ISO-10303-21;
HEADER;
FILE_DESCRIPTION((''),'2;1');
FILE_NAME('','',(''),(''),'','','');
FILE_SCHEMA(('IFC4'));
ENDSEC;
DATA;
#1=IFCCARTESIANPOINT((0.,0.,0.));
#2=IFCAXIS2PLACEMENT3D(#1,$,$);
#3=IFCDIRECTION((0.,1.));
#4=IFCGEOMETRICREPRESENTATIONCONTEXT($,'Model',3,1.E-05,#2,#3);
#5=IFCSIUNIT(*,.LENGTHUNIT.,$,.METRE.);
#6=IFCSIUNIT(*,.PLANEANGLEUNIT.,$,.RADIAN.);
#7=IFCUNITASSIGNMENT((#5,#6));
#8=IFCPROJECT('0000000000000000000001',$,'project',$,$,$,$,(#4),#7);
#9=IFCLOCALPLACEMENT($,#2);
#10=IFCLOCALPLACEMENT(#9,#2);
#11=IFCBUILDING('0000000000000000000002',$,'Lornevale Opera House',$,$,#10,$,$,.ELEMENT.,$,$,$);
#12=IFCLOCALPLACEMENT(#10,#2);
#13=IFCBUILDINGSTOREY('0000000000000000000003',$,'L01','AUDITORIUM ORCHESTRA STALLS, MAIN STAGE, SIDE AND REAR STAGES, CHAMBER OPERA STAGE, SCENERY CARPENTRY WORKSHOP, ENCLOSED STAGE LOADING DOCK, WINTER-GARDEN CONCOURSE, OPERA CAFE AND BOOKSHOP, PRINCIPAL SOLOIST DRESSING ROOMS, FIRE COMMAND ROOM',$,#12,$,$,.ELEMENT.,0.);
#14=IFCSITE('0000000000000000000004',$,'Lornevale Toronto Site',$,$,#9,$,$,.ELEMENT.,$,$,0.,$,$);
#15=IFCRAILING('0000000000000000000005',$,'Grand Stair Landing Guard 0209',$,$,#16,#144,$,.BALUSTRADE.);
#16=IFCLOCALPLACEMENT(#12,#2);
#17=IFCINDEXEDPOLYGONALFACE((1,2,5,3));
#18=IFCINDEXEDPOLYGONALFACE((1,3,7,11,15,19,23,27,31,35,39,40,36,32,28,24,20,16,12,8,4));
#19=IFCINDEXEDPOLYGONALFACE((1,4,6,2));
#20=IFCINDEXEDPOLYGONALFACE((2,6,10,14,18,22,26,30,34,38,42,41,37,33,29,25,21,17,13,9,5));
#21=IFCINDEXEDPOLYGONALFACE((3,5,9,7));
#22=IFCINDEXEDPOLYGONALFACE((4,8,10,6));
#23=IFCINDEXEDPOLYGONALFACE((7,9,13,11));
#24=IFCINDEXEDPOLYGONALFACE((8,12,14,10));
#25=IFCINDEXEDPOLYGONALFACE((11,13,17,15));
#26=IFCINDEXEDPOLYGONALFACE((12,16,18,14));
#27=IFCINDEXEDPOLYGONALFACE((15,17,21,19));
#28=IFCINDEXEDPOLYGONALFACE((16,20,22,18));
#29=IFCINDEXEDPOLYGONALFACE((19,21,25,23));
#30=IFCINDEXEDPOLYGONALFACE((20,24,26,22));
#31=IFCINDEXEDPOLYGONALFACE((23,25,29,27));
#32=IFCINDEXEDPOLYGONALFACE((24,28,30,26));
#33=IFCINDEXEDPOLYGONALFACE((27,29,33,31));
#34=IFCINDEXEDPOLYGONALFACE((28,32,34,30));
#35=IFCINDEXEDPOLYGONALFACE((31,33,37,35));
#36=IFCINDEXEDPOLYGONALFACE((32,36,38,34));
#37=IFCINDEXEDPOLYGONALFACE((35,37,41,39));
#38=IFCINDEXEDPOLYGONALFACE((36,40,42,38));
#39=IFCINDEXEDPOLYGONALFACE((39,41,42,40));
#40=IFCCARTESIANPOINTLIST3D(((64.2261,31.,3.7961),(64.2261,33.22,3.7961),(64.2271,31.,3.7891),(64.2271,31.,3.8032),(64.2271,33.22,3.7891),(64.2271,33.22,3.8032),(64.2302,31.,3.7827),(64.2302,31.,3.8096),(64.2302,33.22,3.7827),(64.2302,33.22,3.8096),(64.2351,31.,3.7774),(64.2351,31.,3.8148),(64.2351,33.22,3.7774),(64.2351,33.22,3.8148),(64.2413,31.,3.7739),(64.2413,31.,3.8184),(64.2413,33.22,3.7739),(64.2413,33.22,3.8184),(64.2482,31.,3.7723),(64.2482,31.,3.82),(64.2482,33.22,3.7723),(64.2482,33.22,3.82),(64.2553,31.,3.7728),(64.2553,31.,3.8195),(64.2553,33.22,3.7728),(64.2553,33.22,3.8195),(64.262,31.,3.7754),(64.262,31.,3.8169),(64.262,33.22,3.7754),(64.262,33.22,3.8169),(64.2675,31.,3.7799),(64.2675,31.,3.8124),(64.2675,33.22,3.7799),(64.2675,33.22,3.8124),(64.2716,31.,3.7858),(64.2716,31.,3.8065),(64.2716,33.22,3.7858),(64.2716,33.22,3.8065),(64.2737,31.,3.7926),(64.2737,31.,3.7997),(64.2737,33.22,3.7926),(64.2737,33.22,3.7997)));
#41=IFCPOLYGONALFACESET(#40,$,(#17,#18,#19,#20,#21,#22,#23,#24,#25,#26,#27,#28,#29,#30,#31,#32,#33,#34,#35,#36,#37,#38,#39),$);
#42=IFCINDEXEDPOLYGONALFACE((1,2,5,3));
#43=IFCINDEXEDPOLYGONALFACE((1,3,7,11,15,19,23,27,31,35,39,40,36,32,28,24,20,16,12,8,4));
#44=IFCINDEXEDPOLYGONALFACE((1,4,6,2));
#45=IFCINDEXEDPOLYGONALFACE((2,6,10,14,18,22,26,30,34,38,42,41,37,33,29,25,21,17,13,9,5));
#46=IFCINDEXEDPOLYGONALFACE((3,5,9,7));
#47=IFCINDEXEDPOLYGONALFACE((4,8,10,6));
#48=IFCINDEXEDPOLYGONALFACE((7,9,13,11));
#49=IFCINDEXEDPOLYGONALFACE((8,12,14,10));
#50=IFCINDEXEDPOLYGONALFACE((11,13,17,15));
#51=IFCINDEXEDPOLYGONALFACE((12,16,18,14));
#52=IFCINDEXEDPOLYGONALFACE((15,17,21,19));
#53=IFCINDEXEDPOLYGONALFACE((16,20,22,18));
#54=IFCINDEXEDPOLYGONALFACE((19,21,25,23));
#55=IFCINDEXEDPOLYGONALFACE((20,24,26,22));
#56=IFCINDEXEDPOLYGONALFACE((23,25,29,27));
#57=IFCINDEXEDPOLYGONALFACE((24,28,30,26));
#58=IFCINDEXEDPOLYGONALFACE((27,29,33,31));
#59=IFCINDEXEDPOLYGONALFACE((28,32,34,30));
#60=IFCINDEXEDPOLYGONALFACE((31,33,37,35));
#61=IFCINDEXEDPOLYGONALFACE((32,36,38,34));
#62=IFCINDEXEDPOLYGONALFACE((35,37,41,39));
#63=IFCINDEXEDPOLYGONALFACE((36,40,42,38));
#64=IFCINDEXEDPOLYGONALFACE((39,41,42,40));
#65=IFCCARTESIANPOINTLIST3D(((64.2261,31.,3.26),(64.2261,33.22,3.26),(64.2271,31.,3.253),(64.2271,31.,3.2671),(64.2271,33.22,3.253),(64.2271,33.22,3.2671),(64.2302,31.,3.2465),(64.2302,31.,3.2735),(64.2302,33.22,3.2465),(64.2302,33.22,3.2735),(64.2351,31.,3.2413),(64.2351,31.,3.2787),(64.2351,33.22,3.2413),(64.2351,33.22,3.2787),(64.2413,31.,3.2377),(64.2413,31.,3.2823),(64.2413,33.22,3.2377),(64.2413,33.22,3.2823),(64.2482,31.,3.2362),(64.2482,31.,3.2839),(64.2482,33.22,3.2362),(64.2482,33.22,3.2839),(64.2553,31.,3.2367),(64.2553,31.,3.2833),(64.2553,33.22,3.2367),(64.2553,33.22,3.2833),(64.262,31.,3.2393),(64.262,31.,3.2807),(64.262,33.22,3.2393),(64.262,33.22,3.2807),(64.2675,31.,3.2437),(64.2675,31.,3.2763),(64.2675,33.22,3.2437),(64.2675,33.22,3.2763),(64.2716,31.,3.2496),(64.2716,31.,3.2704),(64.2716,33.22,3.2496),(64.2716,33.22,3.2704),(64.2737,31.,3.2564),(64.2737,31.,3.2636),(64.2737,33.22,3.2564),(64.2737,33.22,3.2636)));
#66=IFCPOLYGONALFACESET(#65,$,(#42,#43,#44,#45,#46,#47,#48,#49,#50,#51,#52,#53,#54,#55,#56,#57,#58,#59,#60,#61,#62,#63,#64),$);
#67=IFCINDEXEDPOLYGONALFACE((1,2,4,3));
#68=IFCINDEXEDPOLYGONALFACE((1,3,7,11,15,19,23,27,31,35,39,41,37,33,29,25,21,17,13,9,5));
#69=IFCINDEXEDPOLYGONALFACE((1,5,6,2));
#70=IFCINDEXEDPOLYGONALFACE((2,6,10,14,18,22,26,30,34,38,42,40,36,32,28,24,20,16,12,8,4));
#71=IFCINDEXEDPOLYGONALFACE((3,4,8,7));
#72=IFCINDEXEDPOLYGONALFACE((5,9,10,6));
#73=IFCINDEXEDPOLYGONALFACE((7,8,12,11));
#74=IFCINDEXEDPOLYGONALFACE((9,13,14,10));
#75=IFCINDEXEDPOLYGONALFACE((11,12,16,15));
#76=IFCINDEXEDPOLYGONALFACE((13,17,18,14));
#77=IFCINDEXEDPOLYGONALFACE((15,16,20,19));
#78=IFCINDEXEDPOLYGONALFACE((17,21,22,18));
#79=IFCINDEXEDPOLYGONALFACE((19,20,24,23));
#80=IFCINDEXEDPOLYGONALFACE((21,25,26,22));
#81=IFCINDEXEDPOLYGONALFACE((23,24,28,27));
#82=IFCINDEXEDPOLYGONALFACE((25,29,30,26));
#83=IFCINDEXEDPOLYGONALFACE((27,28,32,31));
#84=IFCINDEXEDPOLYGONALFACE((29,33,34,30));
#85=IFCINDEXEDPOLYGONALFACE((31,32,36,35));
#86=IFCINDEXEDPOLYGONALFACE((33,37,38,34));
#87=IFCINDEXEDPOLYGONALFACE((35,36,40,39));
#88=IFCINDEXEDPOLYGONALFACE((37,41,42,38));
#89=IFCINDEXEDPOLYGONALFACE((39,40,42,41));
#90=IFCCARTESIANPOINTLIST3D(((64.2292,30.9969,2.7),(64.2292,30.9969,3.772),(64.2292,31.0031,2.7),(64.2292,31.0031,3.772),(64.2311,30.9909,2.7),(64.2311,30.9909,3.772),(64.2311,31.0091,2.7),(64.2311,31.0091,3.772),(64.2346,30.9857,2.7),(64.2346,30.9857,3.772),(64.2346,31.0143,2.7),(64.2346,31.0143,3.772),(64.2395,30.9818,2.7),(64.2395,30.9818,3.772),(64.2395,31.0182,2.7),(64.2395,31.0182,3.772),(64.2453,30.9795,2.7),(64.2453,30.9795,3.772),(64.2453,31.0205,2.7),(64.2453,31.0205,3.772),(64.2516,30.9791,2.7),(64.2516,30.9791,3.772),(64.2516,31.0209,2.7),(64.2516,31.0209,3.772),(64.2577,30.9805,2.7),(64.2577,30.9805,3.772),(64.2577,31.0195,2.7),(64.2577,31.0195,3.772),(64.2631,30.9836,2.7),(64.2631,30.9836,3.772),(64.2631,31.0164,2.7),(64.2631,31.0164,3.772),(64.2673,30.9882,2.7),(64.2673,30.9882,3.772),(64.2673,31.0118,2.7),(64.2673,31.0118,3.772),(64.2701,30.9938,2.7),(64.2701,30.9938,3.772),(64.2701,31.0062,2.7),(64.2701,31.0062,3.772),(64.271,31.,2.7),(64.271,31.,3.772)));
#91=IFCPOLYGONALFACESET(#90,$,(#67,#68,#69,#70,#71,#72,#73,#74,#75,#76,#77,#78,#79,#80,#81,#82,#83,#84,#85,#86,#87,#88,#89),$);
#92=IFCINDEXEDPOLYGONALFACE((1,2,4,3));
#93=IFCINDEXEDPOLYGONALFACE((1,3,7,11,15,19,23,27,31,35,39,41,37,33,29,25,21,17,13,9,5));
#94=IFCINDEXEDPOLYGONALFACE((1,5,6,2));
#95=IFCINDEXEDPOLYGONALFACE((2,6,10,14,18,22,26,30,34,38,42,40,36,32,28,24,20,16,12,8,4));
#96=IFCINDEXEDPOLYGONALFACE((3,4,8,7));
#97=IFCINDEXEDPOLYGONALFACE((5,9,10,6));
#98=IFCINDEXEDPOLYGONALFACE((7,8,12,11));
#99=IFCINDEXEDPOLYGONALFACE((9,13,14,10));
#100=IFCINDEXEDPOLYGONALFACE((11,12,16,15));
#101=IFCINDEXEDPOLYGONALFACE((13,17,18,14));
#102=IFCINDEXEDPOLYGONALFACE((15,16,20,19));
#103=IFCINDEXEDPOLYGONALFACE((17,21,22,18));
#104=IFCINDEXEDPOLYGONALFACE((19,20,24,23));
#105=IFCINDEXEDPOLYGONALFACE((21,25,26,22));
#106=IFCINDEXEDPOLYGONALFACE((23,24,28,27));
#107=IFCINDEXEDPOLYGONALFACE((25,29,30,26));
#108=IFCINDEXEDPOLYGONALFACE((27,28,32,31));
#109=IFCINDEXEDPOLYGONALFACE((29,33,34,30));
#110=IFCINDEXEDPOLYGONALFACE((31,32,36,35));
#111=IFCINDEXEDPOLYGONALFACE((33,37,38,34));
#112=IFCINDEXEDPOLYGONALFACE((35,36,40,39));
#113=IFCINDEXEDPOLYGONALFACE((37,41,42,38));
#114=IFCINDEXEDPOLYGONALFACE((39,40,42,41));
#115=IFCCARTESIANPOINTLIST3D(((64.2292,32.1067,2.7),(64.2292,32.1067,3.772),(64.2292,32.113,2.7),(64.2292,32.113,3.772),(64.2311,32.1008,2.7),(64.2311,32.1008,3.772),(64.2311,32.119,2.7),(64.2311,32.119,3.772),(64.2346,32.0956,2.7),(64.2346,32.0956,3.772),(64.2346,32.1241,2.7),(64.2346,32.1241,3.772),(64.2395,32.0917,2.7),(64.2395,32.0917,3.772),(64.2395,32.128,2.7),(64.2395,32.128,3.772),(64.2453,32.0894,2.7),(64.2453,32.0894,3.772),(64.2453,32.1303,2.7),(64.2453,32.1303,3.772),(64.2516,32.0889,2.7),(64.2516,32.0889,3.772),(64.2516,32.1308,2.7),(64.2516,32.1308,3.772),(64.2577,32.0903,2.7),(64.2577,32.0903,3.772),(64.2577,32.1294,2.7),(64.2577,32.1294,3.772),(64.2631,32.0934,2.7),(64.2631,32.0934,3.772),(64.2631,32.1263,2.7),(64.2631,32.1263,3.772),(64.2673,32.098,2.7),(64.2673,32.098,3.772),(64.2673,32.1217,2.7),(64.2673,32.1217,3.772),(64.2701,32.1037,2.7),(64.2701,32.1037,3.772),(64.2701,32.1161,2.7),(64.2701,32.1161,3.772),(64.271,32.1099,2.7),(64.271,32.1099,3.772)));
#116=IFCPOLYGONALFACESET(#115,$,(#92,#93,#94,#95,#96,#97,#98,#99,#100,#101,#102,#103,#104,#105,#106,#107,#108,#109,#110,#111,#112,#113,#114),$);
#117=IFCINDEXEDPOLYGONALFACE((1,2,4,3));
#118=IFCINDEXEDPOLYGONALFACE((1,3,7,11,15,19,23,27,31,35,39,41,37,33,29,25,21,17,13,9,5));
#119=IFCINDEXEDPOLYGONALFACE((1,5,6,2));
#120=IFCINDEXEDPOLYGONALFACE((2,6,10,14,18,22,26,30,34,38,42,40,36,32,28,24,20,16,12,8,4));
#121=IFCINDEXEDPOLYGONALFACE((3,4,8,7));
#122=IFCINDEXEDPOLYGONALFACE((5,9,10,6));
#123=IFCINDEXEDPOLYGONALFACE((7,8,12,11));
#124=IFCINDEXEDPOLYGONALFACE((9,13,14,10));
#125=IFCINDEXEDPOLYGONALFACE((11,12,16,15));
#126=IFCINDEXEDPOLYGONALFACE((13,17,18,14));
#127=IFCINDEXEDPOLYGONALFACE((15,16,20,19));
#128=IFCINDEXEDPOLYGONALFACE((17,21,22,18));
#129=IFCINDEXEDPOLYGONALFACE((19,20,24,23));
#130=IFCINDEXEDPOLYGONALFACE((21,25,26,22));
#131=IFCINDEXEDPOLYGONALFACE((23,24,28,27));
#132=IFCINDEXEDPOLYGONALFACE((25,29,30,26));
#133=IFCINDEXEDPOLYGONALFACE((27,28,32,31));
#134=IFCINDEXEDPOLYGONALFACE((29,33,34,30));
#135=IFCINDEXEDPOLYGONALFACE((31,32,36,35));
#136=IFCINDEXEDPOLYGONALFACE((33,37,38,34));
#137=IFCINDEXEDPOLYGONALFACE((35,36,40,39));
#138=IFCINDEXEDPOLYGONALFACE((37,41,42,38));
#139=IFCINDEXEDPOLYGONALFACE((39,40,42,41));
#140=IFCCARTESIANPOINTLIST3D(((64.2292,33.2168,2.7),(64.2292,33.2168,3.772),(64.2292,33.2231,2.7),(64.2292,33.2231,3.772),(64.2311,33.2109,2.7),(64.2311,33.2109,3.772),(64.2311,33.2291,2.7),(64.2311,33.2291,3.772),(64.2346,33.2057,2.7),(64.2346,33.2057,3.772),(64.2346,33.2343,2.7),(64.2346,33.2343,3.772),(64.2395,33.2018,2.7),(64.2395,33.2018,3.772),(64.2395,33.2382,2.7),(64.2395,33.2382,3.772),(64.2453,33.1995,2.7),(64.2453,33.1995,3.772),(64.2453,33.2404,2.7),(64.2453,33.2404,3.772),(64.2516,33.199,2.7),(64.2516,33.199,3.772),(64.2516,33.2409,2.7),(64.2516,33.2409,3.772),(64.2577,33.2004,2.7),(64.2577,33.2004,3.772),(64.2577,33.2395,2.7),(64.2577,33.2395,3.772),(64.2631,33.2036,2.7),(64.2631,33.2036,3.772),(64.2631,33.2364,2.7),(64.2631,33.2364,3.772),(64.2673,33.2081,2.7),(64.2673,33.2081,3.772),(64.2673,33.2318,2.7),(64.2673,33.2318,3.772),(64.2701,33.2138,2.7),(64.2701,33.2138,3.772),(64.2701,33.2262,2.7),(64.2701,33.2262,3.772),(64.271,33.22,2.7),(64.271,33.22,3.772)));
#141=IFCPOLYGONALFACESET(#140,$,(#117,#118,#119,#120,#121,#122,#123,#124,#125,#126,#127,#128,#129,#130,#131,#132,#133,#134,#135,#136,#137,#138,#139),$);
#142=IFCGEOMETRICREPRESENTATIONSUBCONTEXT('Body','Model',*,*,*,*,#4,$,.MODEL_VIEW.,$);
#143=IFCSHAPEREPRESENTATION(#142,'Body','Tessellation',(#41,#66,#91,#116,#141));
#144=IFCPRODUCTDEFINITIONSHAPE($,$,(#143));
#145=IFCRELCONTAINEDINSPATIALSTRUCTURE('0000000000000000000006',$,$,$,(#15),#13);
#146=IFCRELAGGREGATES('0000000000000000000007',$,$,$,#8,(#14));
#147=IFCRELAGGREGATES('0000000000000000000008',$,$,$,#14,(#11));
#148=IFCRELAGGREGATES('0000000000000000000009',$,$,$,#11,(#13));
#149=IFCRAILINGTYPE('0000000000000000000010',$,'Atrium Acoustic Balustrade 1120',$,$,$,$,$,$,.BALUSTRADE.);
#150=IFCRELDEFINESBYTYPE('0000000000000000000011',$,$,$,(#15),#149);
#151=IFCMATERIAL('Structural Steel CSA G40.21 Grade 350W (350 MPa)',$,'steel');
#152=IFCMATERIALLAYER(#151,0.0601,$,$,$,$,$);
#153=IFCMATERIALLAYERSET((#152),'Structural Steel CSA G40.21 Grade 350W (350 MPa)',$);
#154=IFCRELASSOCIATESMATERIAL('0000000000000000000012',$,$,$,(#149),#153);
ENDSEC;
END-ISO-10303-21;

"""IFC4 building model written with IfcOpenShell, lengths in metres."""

from ifc_helpers import new_model, si_unit, direction, frame, origin, origin_2d, place, context, subcontext, project, spatial, circle, extrude, material, layer, layer_set, type_object, element, save


model = new_model("IFC4")

# Units and contexts
model_context = context("Model", 3, precision=1e-05, world=origin(), true_north=direction((0.0, 1.0)))
body_context = subcontext(model_context, "Body", "Model", "MODEL_VIEW")
ifc_project = project(units=[si_unit("LENGTHUNIT", "METRE"), si_unit("PLANEANGLEUNIT", "RADIAN")], contexts=[model_context])

# Site, building, storey
site_placement = place(None, origin())
site = spatial("IfcSite", under=ifc_project, at=site_placement, Name="Lornevale Toronto Site", CompositionType="ELEMENT", RefElevation=0.0)
building_placement = place(site_placement, origin())
building = spatial("IfcBuilding", under=site, at=building_placement, Name="Lornevale Opera House", CompositionType="ELEMENT")
storey_placement = place(building_placement, origin())
storey = spatial("IfcBuildingStorey", under=building, at=storey_placement, Name="L01", Description="AUDITORIUM ORCHESTRA STALLS, MAIN STAGE, SIDE AND REAR STAGES, CHAMBER OPERA STAGE, SCENERY CARPENTRY WORKSHOP, ENCLOSED STAGE LOADING DOCK, WINTER-GARDEN CONCOURSE, OPERA CAFE AND BOOKSHOP, PRINCIPAL SOLOIST DRESSING ROOMS, FIRE COMMAND ROOM", CompositionType="ELEMENT", Elevation=0.0)

# Shared definitions
ifc_material_1 = material(Name="Structural Steel CSA G40.21 Grade 350W (350 MPa)", Category="steel")

# Railing
ifc_layer_1 = layer(ifc_material_1, 0.0601)
ifc_layer_set_1 = layer_set([ifc_layer_1], Name="Structural Steel CSA G40.21 Grade 350W (350 MPa)")
railing_type_1 = type_object("IfcRailingType", Name="Atrium Acoustic Balustrade 1120", PredefinedType="BALUSTRADE", material=ifc_layer_set_1)
railing_1_placement = place(storey_placement, frame((64.25, 31.0, 2.7)))
element("IfcRailing", 1, at=railing_1_placement, inside=storey, type_object=railing_type_1, Name="Grand Stair Landing Guard 0209", PredefinedType="BALUSTRADE", context=body_context, shape_type="SweptSolid", body=[
    extrude(circle(Radius=0.0239, at=origin_2d()), frame((0.0, 0.0, 1.0962), z_axis=(0.0, 1.0, 0.0), x_axis=(-1.0, 0.0, 0.0)), (0.0, 0.0, 1.0), 2.22),
    extrude(circle(Radius=0.0239, at=origin_2d()), frame((0.0, 0.0, 0.5601), z_axis=(0.0, 1.0, 0.0), x_axis=(-1.0, 0.0, 0.0)), (0.0, 0.0, 1.0), 2.22),
    extrude(circle(Radius=0.021, at=origin_2d()), origin(), (0.0, 0.0, 1.0), 1.072),
    extrude(circle(Radius=0.021, at=origin_2d()), frame((0.0, 1.1099, 0.0)), (0.0, 0.0, 1.0), 1.072),
    extrude(circle(Radius=0.021, at=origin_2d()), frame((0.0, 2.22, 0.0)), (0.0, 0.0, 1.0), 1.072),
])

save(model, "model.ifc")
